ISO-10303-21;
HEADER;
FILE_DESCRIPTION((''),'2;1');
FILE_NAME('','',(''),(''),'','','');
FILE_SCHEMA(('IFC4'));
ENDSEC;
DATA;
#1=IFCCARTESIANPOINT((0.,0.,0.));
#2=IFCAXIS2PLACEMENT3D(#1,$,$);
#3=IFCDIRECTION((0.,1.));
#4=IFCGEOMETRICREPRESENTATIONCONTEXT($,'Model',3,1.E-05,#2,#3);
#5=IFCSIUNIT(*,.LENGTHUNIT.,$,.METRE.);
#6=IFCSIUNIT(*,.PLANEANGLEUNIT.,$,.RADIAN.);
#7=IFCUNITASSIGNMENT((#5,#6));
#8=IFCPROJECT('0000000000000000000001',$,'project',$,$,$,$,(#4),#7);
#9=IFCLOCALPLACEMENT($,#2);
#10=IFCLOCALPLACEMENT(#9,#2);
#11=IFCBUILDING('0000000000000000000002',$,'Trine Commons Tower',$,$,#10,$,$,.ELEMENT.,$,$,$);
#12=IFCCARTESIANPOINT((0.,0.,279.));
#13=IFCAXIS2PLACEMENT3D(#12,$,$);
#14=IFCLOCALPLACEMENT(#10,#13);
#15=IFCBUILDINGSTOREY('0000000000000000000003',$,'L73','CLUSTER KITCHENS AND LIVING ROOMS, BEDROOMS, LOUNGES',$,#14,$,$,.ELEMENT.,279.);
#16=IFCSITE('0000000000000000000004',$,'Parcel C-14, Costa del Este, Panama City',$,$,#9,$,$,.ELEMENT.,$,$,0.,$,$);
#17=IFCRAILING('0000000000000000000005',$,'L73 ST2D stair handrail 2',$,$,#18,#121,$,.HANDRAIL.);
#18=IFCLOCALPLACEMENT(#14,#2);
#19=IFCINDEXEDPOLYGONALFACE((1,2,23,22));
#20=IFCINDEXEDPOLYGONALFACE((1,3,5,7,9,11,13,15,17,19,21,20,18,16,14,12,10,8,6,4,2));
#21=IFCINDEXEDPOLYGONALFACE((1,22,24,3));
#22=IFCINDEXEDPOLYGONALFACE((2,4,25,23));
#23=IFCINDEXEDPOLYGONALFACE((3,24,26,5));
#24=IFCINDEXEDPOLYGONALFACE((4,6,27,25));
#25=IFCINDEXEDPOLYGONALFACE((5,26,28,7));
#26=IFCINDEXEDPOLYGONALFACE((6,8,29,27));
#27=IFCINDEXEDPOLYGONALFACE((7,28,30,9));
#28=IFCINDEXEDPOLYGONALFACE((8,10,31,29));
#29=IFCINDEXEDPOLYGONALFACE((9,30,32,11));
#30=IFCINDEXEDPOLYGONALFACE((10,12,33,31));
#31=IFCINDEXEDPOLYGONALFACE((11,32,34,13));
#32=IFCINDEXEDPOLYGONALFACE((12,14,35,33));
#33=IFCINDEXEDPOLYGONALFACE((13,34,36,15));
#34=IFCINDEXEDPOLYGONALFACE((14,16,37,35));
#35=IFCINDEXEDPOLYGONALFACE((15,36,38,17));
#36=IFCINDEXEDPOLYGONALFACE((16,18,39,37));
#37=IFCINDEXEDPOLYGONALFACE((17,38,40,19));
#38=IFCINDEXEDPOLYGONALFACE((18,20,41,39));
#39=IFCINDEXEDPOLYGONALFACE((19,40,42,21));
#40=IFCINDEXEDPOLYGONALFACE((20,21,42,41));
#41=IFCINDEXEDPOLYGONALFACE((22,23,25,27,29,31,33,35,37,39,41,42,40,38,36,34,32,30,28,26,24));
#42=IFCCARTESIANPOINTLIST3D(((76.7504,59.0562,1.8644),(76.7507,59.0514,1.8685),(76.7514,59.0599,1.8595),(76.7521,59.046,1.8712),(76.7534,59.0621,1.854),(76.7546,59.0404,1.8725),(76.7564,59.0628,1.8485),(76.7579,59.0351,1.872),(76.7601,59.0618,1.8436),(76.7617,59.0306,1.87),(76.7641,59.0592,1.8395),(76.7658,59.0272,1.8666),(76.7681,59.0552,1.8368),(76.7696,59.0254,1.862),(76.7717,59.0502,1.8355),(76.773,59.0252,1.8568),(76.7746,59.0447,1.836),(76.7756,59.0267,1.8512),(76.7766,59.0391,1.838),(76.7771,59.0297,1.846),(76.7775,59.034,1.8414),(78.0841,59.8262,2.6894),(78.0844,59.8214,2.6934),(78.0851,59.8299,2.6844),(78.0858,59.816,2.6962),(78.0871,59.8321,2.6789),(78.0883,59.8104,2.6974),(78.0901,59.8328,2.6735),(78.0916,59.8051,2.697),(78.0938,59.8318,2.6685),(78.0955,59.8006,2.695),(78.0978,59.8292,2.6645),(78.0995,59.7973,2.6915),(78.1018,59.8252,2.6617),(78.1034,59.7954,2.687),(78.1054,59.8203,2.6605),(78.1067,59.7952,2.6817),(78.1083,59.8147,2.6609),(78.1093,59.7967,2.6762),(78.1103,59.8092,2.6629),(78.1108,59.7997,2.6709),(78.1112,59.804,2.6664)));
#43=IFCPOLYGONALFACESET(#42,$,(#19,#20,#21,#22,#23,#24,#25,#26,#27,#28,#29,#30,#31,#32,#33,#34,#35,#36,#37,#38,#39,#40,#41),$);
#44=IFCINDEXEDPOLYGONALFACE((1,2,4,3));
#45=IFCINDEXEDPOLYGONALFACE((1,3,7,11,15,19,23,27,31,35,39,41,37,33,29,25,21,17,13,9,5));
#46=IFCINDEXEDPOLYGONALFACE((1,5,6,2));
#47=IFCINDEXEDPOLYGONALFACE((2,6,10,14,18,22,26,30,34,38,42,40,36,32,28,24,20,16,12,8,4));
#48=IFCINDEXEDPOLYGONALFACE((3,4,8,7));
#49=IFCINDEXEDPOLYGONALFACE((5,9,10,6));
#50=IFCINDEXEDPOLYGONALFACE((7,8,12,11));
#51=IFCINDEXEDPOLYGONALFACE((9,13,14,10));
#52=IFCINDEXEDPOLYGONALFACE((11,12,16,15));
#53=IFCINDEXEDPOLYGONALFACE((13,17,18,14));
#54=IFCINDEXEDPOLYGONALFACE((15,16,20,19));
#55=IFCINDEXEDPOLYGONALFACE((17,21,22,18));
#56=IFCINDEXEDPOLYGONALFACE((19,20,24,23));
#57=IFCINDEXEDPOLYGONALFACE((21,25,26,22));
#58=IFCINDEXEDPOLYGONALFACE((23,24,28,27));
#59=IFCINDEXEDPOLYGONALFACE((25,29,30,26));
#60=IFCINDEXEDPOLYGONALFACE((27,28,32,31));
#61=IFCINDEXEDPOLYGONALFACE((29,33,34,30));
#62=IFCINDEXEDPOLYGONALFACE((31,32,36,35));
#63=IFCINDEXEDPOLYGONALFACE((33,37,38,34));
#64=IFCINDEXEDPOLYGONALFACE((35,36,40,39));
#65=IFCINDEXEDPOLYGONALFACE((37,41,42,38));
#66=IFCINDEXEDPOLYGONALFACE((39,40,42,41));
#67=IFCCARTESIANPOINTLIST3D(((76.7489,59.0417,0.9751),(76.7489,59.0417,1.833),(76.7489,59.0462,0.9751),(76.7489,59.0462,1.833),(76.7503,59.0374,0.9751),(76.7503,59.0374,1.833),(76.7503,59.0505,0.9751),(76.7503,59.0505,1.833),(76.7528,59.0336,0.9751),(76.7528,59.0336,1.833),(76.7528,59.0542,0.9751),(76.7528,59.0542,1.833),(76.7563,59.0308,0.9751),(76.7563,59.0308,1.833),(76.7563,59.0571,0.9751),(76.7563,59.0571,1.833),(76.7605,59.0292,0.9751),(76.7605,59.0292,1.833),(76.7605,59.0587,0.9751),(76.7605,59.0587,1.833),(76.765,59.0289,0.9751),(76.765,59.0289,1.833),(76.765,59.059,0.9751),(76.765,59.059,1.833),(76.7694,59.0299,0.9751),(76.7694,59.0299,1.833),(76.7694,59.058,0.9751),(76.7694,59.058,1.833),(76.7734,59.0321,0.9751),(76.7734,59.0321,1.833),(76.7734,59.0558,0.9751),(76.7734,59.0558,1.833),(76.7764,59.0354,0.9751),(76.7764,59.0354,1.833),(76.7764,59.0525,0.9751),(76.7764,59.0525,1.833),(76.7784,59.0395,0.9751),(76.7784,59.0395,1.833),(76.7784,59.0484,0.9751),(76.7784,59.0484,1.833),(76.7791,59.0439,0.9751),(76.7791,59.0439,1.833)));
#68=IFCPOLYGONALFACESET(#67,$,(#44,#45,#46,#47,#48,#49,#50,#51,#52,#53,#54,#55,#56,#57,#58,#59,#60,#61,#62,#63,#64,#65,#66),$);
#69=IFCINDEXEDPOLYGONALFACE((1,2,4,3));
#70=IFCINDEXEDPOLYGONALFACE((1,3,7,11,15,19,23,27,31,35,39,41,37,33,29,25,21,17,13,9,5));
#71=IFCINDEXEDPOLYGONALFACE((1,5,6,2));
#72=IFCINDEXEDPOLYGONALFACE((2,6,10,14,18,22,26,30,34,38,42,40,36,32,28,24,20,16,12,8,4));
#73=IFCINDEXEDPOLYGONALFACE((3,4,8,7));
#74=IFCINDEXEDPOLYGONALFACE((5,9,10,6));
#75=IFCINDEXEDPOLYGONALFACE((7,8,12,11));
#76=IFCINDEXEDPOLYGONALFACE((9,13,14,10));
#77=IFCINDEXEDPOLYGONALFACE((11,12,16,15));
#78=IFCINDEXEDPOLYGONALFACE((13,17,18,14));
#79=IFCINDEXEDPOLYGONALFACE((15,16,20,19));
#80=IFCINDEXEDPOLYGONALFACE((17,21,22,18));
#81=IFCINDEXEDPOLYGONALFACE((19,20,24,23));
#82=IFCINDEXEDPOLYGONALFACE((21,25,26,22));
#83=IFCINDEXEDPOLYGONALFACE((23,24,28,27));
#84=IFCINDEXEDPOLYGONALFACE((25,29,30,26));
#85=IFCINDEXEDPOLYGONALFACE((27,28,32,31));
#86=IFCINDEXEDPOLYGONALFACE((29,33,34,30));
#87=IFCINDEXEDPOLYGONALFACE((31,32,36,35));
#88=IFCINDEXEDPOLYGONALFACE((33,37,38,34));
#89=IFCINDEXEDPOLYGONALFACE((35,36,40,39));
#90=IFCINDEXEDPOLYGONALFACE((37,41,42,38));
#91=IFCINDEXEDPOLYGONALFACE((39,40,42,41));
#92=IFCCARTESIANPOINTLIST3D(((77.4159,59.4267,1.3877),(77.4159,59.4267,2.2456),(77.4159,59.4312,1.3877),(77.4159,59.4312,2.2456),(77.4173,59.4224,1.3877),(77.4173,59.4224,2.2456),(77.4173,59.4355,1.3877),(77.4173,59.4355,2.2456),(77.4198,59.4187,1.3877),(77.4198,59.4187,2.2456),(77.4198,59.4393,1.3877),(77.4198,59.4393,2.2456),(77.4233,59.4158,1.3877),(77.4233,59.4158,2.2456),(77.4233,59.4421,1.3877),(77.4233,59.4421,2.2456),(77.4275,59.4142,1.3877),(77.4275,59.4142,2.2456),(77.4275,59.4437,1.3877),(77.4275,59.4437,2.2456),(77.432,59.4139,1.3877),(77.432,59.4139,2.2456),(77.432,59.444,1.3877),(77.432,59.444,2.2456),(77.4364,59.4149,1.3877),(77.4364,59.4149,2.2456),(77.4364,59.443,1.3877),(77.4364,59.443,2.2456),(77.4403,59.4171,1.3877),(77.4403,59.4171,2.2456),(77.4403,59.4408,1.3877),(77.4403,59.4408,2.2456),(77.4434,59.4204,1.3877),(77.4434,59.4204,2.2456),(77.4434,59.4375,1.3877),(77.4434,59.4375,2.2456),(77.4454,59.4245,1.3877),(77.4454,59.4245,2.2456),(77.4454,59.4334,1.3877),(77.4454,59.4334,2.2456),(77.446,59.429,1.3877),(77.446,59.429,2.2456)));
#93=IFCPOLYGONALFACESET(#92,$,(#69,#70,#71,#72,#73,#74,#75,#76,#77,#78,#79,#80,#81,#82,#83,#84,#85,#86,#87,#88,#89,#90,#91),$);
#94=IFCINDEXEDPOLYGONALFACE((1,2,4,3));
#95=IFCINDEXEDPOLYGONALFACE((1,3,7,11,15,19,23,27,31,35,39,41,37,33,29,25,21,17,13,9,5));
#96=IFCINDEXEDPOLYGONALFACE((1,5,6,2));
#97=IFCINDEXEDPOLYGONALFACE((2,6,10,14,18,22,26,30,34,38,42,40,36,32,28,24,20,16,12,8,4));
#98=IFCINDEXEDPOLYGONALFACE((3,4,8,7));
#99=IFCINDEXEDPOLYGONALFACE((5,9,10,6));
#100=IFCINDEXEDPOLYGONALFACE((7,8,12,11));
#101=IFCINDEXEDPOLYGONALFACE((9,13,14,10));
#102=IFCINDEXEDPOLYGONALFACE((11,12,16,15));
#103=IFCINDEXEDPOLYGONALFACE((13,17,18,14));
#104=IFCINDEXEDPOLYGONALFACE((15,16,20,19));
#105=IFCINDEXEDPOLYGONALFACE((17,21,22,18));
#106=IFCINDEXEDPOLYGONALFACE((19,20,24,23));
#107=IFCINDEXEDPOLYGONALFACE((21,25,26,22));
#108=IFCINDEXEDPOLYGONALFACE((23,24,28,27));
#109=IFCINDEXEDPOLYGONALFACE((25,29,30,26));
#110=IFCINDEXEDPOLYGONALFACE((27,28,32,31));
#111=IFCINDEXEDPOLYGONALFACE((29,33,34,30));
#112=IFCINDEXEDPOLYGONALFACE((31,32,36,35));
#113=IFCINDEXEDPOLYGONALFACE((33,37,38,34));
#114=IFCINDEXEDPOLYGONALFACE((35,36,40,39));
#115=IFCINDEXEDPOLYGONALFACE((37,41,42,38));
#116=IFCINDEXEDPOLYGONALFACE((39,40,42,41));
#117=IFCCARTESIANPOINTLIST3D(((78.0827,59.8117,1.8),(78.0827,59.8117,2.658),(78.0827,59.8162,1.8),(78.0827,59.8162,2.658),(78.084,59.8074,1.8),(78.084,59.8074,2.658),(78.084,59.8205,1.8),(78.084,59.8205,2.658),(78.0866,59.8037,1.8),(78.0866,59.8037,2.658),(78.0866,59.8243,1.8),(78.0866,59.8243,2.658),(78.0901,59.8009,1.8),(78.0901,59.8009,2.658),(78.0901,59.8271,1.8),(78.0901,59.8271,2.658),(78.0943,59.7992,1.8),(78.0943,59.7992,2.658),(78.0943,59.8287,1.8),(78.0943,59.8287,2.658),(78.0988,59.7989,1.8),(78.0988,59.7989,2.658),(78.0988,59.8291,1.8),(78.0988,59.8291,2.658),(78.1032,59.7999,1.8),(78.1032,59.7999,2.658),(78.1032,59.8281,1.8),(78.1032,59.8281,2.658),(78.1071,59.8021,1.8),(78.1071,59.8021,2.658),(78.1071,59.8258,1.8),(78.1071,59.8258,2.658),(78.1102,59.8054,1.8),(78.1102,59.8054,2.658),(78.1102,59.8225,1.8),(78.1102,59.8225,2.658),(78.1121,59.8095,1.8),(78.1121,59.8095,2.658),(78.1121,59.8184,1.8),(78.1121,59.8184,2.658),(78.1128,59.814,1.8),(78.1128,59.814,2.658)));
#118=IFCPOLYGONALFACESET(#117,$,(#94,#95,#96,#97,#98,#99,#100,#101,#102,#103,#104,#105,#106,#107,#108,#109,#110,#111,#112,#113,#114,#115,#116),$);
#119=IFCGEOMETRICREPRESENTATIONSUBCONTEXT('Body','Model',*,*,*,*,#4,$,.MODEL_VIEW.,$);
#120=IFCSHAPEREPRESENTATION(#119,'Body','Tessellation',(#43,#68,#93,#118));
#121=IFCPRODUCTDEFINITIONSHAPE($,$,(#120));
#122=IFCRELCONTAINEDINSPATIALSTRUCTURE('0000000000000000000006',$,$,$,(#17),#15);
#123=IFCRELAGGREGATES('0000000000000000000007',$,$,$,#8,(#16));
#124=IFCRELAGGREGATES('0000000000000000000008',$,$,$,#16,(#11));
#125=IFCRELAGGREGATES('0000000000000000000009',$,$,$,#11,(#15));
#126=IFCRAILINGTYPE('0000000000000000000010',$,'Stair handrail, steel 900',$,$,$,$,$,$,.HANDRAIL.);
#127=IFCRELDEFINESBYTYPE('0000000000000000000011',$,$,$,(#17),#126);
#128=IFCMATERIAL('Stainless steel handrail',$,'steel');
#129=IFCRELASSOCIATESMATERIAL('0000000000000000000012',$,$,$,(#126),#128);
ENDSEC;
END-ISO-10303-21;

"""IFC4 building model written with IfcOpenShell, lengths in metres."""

from ifc_helpers import new_model, si_unit, direction, frame, origin, origin_2d, place, context, subcontext, project, spatial, circle, extrude, material, type_object, element, save


model = new_model("IFC4")

# Units and contexts
model_context = context("Model", 3, precision=1e-05, world=origin(), true_north=direction((0.0, 1.0)))
body_context = subcontext(model_context, "Body", "Model", "MODEL_VIEW")
ifc_project = project(units=[si_unit("LENGTHUNIT", "METRE"), si_unit("PLANEANGLEUNIT", "RADIAN")], contexts=[model_context])

# Site, building, storey
site_placement = place(None, origin())
site = spatial("IfcSite", under=ifc_project, at=site_placement, Name="Parcel C-14, Costa del Este, Panama City", CompositionType="ELEMENT", RefElevation=0.0)
building_placement = place(site_placement, origin())
building = spatial("IfcBuilding", under=site, at=building_placement, Name="Trine Commons Tower", CompositionType="ELEMENT")
storey_placement = place(building_placement, frame((0.0, 0.0, 279.0)))
storey = spatial("IfcBuildingStorey", under=building, at=storey_placement, Name="L73", Description="CLUSTER KITCHENS AND LIVING ROOMS, BEDROOMS, LOUNGES", CompositionType="ELEMENT", Elevation=279.0)

# Railing
ifc_material_1 = material(Name="Stainless steel handrail", Category="steel")
railing_type_1 = type_object("IfcRailingType", Name="Stair handrail, steel 900", PredefinedType="HANDRAIL", material=ifc_material_1)
railing_1_placement = place(storey_placement, frame((76.7639, 59.0439, 0.9751)))
element("IfcRailing", 1, at=railing_1_placement, inside=storey, type_object=railing_type_1, Name="L73 ST2D stair handrail 2", PredefinedType="HANDRAIL", context=body_context, shape_type="SweptSolid", body=[
    extrude(circle(Radius=0.021, at=origin_2d()), frame((0.0, 0.0, 0.8789), z_axis=(0.763405, 0.440743, 0.472185), x_axis=(-0.499992, 0.86603, 0.0)), (0.0, 0.0, 1.0), 1.7471),
    extrude(circle(Radius=0.0151, at=origin_2d()), origin(), (0.0, 0.0, 1.0), 0.8579),
    extrude(circle(Radius=0.0151, at=origin_2d()), frame((0.667, 0.385, 0.4126)), (0.0, 0.0, 1.0), 0.8579),
    extrude(circle(Radius=0.0151, at=origin_2d()), frame((1.3337, 0.77, 0.825)), (0.0, 0.0, 1.0), 0.8579),
])

save(model, "model.ifc")
